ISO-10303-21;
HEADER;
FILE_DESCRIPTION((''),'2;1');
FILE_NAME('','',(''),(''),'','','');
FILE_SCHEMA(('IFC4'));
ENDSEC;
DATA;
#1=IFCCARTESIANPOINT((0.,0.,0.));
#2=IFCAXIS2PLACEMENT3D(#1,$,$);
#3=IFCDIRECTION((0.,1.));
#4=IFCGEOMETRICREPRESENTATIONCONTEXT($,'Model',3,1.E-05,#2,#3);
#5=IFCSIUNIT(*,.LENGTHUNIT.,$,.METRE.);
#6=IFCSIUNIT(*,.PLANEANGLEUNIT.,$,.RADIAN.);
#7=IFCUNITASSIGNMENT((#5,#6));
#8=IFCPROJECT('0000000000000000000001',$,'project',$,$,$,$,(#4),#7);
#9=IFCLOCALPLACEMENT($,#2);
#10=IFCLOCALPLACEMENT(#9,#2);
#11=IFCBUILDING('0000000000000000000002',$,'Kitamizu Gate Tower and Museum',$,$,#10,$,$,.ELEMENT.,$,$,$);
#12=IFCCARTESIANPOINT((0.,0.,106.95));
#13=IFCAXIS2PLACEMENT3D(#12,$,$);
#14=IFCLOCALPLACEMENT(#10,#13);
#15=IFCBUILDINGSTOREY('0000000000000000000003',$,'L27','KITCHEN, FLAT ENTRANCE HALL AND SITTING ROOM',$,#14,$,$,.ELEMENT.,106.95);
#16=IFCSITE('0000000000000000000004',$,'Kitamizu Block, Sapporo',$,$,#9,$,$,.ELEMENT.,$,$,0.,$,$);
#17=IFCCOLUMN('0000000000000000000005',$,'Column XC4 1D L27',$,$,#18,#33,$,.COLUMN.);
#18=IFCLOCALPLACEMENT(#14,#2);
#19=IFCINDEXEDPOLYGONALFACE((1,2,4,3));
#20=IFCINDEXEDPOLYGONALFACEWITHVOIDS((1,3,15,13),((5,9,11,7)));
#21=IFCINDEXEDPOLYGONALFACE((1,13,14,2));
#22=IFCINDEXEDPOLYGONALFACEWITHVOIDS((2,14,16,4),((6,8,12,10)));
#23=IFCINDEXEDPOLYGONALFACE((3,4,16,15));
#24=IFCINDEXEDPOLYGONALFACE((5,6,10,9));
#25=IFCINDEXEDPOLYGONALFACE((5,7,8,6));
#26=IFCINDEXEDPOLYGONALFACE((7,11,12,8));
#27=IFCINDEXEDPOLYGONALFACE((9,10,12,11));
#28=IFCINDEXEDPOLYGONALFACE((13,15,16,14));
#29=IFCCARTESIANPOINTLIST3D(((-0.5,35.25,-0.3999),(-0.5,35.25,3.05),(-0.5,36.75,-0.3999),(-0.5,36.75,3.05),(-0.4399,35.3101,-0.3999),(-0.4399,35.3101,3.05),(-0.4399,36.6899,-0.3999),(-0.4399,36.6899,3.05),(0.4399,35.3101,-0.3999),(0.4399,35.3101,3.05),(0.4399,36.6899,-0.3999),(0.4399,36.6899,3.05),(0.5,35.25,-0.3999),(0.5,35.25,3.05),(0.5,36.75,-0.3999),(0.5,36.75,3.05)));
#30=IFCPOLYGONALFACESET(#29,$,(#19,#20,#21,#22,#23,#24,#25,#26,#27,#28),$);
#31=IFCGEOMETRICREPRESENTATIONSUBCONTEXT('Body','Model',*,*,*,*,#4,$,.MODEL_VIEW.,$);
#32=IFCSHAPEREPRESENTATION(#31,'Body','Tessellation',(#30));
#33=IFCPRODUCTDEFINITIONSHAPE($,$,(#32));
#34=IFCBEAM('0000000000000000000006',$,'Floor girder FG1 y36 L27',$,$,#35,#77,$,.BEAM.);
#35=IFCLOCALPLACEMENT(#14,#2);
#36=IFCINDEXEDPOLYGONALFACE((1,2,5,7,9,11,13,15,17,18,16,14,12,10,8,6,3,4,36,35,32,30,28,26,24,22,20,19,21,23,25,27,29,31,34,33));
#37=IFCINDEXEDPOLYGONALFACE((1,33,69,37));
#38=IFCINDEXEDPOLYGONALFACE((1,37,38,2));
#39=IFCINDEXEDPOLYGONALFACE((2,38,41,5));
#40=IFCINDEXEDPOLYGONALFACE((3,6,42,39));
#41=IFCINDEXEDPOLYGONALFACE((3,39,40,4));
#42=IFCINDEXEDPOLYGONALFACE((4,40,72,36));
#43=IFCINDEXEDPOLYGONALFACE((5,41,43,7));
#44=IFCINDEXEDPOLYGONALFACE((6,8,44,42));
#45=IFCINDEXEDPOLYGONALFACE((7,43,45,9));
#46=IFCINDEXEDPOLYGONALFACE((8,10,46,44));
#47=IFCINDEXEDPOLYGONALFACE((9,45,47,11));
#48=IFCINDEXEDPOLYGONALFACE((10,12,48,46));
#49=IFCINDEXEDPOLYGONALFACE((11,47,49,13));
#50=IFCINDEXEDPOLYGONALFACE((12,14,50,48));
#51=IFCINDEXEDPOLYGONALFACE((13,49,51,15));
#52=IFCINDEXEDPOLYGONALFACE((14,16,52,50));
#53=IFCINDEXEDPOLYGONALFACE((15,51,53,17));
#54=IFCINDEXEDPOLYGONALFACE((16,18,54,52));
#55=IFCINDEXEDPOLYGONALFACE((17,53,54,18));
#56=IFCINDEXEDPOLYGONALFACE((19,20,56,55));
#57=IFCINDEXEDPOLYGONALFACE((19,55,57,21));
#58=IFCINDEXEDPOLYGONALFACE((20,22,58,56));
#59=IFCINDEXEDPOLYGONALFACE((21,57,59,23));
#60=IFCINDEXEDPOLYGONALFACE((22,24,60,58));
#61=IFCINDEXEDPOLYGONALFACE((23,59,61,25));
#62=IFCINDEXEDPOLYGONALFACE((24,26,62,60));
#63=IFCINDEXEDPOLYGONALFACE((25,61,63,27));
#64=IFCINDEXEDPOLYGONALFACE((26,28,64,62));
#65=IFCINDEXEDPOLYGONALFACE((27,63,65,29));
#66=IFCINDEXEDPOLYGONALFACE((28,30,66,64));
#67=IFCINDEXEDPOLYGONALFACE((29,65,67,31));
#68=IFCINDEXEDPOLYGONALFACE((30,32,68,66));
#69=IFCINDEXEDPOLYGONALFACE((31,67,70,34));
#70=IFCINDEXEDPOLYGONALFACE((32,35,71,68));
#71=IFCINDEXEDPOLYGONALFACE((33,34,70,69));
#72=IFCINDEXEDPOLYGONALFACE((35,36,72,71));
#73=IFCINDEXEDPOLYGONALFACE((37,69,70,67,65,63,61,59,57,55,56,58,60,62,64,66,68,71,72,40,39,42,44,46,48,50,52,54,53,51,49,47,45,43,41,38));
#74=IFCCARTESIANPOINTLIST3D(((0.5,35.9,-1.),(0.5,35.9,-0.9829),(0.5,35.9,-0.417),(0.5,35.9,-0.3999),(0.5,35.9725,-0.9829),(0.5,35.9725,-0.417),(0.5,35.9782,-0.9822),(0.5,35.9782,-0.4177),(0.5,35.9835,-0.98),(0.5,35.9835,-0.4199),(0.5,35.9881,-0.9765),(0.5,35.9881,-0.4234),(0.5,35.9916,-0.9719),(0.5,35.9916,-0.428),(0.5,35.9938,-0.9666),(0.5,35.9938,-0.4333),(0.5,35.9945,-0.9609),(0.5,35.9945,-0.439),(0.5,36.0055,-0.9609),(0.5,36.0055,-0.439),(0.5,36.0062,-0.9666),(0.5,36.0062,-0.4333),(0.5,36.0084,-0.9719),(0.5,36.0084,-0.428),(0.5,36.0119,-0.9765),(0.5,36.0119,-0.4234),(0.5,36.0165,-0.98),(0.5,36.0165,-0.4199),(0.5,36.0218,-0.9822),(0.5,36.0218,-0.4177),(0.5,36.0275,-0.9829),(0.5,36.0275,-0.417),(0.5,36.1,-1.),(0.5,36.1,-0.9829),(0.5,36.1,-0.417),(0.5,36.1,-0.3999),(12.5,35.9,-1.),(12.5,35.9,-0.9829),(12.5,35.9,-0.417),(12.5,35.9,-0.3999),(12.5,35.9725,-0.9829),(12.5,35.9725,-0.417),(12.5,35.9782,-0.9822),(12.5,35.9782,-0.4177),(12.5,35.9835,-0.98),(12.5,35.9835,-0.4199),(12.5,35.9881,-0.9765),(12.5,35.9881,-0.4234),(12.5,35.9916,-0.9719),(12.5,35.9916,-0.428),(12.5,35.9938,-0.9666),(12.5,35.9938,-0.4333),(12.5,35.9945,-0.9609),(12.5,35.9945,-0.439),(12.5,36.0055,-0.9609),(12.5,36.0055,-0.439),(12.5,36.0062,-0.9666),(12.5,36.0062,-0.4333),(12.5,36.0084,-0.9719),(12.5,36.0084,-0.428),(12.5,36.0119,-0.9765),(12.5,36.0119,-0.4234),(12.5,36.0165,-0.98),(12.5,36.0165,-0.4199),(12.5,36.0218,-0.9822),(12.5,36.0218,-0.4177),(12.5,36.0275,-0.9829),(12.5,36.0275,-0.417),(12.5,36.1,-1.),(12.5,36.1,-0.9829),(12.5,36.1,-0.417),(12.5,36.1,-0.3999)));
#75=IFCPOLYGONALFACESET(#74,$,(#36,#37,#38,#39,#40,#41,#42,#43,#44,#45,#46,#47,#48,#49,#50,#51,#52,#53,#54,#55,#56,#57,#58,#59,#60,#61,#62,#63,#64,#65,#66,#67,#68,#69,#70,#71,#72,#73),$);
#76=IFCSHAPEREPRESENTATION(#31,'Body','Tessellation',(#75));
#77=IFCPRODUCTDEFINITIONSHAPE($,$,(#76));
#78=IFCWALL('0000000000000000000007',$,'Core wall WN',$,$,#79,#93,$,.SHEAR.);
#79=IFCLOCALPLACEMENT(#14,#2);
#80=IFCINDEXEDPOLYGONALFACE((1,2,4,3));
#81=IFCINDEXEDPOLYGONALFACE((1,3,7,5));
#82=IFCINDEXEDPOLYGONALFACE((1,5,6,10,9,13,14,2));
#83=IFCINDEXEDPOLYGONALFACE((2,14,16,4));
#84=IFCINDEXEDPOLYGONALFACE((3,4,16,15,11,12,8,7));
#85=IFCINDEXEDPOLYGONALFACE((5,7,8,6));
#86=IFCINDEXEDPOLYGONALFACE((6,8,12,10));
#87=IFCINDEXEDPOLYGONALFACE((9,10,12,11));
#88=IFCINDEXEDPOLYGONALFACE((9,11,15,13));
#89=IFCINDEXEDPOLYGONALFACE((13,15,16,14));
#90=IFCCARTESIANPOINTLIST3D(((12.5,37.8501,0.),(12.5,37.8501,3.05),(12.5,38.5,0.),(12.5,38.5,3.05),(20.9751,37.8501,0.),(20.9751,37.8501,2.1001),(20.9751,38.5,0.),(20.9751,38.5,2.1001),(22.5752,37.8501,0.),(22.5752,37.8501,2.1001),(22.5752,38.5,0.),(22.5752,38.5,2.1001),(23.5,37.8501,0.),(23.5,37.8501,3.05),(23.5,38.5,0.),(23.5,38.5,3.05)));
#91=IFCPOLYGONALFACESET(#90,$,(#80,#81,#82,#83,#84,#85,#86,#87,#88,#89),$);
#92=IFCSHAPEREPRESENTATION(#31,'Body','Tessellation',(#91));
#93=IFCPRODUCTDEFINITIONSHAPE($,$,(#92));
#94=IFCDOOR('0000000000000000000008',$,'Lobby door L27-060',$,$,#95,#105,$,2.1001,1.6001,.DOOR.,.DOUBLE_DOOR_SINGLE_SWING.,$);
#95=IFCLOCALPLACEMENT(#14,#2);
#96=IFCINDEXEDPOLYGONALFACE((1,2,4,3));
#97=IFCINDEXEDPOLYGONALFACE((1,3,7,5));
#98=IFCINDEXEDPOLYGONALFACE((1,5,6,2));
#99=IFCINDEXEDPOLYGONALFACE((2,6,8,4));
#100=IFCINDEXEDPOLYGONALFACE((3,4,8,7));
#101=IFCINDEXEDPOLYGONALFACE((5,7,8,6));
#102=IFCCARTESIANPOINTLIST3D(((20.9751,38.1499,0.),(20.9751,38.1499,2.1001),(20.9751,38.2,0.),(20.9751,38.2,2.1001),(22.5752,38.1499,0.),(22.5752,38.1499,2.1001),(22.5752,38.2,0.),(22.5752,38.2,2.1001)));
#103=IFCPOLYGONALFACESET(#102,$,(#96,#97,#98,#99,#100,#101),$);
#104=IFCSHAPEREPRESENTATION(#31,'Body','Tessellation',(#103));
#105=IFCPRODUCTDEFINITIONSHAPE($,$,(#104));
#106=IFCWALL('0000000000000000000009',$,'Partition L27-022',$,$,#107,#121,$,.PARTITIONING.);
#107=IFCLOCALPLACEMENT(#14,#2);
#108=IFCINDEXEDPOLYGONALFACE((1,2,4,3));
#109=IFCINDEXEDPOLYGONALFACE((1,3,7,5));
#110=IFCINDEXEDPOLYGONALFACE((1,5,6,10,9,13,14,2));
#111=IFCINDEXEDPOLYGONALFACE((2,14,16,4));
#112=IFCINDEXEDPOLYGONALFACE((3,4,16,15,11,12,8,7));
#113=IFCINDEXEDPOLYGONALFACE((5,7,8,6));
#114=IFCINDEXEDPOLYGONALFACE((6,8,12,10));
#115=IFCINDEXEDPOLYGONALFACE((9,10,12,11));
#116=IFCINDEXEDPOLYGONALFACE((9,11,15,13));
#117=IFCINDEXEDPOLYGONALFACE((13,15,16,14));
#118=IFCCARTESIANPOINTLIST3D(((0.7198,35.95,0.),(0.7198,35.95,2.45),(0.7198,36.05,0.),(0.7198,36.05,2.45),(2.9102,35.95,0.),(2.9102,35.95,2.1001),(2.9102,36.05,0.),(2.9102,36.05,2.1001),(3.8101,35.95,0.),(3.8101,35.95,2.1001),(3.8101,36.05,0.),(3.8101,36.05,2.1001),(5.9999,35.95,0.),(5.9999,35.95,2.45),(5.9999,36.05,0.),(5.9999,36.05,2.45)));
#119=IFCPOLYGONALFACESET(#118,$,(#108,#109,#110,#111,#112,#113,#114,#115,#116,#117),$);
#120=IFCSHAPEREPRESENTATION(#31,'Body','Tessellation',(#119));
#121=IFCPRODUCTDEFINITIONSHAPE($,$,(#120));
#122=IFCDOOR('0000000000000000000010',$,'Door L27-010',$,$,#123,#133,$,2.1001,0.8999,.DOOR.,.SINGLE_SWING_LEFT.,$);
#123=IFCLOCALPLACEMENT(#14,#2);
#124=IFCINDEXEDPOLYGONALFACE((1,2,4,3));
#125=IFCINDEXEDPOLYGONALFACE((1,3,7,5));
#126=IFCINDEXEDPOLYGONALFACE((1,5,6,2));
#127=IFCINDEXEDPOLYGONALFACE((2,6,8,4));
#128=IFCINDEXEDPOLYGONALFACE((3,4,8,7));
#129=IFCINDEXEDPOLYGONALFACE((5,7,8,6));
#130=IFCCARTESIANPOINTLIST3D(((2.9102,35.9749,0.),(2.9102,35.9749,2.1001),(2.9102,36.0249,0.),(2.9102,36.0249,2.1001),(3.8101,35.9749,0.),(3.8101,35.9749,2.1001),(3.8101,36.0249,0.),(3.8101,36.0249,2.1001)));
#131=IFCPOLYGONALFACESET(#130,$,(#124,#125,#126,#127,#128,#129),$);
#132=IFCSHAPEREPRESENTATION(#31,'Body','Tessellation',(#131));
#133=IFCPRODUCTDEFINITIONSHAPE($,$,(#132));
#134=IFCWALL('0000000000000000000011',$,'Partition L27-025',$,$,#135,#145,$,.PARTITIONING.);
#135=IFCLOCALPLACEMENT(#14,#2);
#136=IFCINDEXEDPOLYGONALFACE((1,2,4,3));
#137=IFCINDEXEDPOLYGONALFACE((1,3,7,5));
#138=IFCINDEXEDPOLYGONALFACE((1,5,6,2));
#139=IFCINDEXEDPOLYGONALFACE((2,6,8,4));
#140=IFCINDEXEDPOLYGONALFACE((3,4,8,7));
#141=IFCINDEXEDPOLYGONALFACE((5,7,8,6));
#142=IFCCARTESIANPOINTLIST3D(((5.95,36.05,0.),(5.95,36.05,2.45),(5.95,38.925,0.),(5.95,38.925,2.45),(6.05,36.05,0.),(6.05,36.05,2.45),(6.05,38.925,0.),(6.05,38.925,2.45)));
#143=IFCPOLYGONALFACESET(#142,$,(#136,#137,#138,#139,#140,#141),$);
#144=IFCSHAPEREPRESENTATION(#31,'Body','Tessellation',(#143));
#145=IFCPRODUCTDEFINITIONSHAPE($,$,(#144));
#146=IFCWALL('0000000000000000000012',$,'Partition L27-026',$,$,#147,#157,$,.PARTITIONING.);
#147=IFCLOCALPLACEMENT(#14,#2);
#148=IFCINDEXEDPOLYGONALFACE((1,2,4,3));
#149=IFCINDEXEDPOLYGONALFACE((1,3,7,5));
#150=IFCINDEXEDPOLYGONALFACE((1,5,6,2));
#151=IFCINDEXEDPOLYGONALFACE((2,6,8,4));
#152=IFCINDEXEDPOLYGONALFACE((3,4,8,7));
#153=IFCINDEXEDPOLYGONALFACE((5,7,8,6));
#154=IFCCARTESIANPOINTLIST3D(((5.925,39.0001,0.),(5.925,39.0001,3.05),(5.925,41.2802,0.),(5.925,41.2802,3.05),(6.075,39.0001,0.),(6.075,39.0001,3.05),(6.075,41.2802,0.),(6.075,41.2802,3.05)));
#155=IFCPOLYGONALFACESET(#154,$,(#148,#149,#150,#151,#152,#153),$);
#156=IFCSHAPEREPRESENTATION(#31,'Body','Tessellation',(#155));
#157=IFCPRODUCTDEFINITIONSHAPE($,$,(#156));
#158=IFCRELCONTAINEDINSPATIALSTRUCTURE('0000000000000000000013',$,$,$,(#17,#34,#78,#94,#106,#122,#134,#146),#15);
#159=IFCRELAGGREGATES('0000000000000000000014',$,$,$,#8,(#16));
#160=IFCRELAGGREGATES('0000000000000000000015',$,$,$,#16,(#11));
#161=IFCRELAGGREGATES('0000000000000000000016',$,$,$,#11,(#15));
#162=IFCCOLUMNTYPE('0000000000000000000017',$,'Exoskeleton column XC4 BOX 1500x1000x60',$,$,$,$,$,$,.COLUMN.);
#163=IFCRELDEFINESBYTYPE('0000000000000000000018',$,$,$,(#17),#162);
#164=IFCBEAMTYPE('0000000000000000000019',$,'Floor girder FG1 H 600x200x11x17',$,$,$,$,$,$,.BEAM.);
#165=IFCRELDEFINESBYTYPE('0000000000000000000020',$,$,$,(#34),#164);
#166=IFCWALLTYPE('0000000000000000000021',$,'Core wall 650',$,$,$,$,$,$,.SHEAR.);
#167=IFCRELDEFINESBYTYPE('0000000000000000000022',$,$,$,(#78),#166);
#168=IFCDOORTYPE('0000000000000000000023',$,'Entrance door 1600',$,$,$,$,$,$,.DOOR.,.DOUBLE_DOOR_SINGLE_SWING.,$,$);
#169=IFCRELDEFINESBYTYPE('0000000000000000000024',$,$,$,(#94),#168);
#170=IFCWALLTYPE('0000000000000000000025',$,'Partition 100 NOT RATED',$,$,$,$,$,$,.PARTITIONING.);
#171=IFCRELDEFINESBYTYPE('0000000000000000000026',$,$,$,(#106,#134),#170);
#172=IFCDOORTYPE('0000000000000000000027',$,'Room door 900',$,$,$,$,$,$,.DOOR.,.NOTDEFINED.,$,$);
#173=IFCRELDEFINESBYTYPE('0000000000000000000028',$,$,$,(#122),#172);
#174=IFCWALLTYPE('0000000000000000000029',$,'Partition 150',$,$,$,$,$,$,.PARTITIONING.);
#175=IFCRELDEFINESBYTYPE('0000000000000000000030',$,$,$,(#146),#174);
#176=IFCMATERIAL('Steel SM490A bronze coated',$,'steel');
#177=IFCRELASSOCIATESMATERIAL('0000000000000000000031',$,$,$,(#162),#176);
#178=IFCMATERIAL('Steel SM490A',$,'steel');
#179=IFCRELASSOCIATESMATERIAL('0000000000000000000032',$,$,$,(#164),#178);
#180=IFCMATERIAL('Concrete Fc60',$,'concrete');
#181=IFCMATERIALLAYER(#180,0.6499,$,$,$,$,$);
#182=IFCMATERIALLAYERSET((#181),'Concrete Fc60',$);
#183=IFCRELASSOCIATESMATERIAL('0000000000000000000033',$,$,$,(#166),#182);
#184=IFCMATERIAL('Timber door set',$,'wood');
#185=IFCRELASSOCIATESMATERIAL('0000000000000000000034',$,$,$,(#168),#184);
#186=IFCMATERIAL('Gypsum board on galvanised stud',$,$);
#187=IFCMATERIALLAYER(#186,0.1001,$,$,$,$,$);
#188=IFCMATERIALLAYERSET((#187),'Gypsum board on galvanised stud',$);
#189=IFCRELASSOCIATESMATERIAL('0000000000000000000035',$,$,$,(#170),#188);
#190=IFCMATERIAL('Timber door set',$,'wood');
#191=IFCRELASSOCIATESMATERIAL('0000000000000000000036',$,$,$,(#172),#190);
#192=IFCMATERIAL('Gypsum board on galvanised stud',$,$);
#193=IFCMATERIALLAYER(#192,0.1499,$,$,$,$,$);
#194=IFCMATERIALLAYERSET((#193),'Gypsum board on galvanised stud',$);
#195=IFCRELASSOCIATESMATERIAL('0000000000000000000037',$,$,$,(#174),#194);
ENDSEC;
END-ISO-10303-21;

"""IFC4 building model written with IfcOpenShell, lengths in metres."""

from ifc_helpers import new_model, si_unit, direction, frame, frame_2d, origin, origin_2d, place, context, subcontext, project, spatial, rectangle, hollow_rectangle, i_section, extrude, material, layer, layer_set, material_profile, profile_set, type_object, element, fill, save


model = new_model("IFC4")

# Units and contexts
model_context = context("Model", 3, precision=1e-05, world=origin(), true_north=direction((0.0, 1.0)))
body_context = subcontext(model_context, "Body", "Model", "MODEL_VIEW")
ifc_project = project(units=[si_unit("LENGTHUNIT", "METRE"), si_unit("PLANEANGLEUNIT", "RADIAN")], contexts=[model_context])

# Site, building, storey
site_placement = place(None, origin())
site = spatial("IfcSite", under=ifc_project, at=site_placement, Name="Kitamizu Block, Sapporo", CompositionType="ELEMENT", RefElevation=0.0)
building_placement = place(site_placement, origin())
building = spatial("IfcBuilding", under=site, at=building_placement, Name="Kitamizu Gate Tower and Museum", CompositionType="ELEMENT")
storey_placement = place(building_placement, frame((0.0, 0.0, 106.95)))
storey = spatial("IfcBuildingStorey", under=building, at=storey_placement, Name="L27", Description="KITCHEN, FLAT ENTRANCE HALL AND SITTING ROOM", CompositionType="ELEMENT", Elevation=106.95)

# Column
ifc_material_1 = material(Name="Steel SM490A bronze coated", Category="steel")
ifc_material_profile_1 = material_profile(ifc_material_1, hollow_rectangle(XDim=1.5, YDim=1.0, WallThickness=0.0601, at=origin_2d()), Name="BOX 1500x1000x60")
ifc_profile_set_1 = profile_set([ifc_material_profile_1], Name="Steel SM490A bronze coated")
column_type = type_object("IfcColumnType", Name="Exoskeleton column XC4 BOX 1500x1000x60", PredefinedType="COLUMN", material=ifc_profile_set_1)
column_placement = place(storey_placement, frame((0.0, 36.0, -0.3999), z_axis=(0.0, 0.0, 1.0), x_axis=(0.0, 1.0, 0.0)))
element("IfcColumn", 1, at=column_placement, inside=storey, type_object=column_type, Name="Column XC4 1D L27", PredefinedType="COLUMN", context=body_context, shape_type="SweptSolid", body=[
    extrude(hollow_rectangle(XDim=1.5, YDim=1.0, WallThickness=0.0601, at=origin_2d()), origin(), (0.0, 0.0, 1.0), 3.45),
])

# Beam
ifc_material_2 = material(Name="Steel SM490A", Category="steel")
ifc_material_profile_2 = material_profile(ifc_material_2, i_section(OverallWidth=0.2, OverallDepth=0.6001, WebThickness=0.011, FlangeThickness=0.0171, FilletRadius=0.022, at=origin_2d()), Name="H-600x200x11x17")
ifc_profile_set_2 = profile_set([ifc_material_profile_2], Name="Steel SM490A")
beam_type = type_object("IfcBeamType", Name="Floor girder FG1 H 600x200x11x17", PredefinedType="BEAM", material=ifc_profile_set_2)
beam_placement = place(storey_placement, frame((0.5, 36.0, -0.7), z_axis=(1.0, 0.0, 0.0), x_axis=(0.0, 1.0, 0.0)))
element("IfcBeam", 2, at=beam_placement, inside=storey, type_object=beam_type, Name="Floor girder FG1 y36 L27", PredefinedType="BEAM", context=body_context, shape_type="SweptSolid", body=[
    extrude(i_section(OverallWidth=0.2, OverallDepth=0.6001, WebThickness=0.011, FlangeThickness=0.0171, FilletRadius=0.022, at=origin_2d()), origin(), (0.0, 0.0, 1.0), 12.0),
])

# Walls, openings, doors
ifc_material_3 = material(Name="Concrete Fc60", Category="concrete")
ifc_layer_1 = layer(ifc_material_3, 0.6499)
ifc_layer_set_1 = layer_set([ifc_layer_1], Name="Concrete Fc60")
wall_type_1 = type_object("IfcWallType", Name="Core wall 650", PredefinedType="SHEAR", material=ifc_layer_set_1)
wall_1_placement = place(storey_placement, frame((12.5, 38.175, 0.0), z_axis=(0.0, 0.0, 1.0), x_axis=(1.0, 0.0, 0.0)))
wall_1 = element("IfcWall", 3, at=wall_1_placement, inside=storey, type_object=wall_type_1, Name="Core wall WN", PredefinedType="SHEAR", context=body_context, shape_type="SweptSolid", body=[
    extrude(rectangle(XDim=11.0, YDim=0.6499, at=frame_2d((5.5, 0.0))), origin(), (0.0, 0.0, 1.0), 3.05),
])
opening_1_placement = place(wall_1_placement, frame((8.4751, 0.0, 0.0)))
opening_1 = element("IfcOpeningElement", 4, at=opening_1_placement, cuts=wall_1, PredefinedType="OPENING", context=body_context, shape_type="SweptSolid", body=[
    extrude(rectangle(XDim=1.6001, YDim=2.1001, at=frame_2d((0.8, 1.05))), frame((0.0, 0.335, 0.0), z_axis=(0.0, -1.0, 0.0), x_axis=(1.0, 0.0, 0.0)), (0.0, 0.0, 1.0), 0.6699),
])
ifc_material_4 = material(Name="Timber door set", Category="wood")
door_type_1 = type_object("IfcDoorType", Name="Entrance door 1600", OperationType="DOUBLE_DOOR_SINGLE_SWING", PredefinedType="DOOR", material=ifc_material_4)
door_1_placement = place(opening_1_placement, origin())
door_1 = element("IfcDoor", 5, at=door_1_placement, inside=storey, type_object=door_type_1, Name="Lobby door L27-060", OperationType="DOUBLE_DOOR_SINGLE_SWING", OverallHeight=2.1001, OverallWidth=1.6001, PredefinedType="DOOR", context=body_context, shape_type="SweptSolid", body=[
    extrude(rectangle(XDim=1.6001, YDim=2.1001, at=frame_2d((0.8, 1.05))), frame((0.0, 0.0249, 0.0), z_axis=(0.0, -1.0, 0.0), x_axis=(1.0, 0.0, 0.0)), (0.0, 0.0, 1.0), 0.05),
])
fill(opening_1, door_1)
ifc_material_5 = material(Name="Gypsum board on galvanised stud")
ifc_layer_2 = layer(ifc_material_5, 0.1001)
ifc_layer_set_2 = layer_set([ifc_layer_2], Name="Gypsum board on galvanised stud")
wall_type_2 = type_object("IfcWallType", Name="Partition 100 NOT RATED", PredefinedType="PARTITIONING", material=ifc_layer_set_2)
wall_2_placement = place(storey_placement, frame((6.0, 36.0, 0.0), z_axis=(0.0, 0.0, 1.0), x_axis=(-1.0, 0.0, 0.0)))
wall_2 = element("IfcWall", 6, at=wall_2_placement, inside=storey, type_object=wall_type_2, Name="Partition L27-022", PredefinedType="PARTITIONING", context=body_context, shape_type="SweptSolid", body=[
    extrude(rectangle(XDim=5.28, YDim=0.1001, at=frame_2d((2.6401, 0.0))), origin(), (0.0, 0.0, 1.0), 2.45),
])
opening_2_placement = place(wall_2_placement, frame((2.1899, 0.0, 0.0)))
opening_2 = element("IfcOpeningElement", 7, at=opening_2_placement, cuts=wall_2, PredefinedType="OPENING", context=body_context, shape_type="SweptSolid", body=[
    extrude(rectangle(XDim=0.8999, YDim=2.1001, at=frame_2d((0.45, 1.05))), frame((0.0, 0.0601, 0.0), z_axis=(0.0, -1.0, 0.0), x_axis=(1.0, 0.0, 0.0)), (0.0, 0.0, 1.0), 0.1201),
])
ifc_material_6 = material(Name="Timber door set", Category="wood")
door_type_2 = type_object("IfcDoorType", Name="Room door 900", OperationType="NOTDEFINED", PredefinedType="DOOR", material=ifc_material_6)
door_2_placement = place(opening_2_placement, frame((0.8999, 0.0, 0.0), x_axis=(-1.0, 0.0, 0.0)))
door_2 = element("IfcDoor", 8, at=door_2_placement, inside=storey, type_object=door_type_2, Name="Door L27-010", OperationType="SINGLE_SWING_LEFT", OverallHeight=2.1001, OverallWidth=0.8999, PredefinedType="DOOR", context=body_context, shape_type="SweptSolid", body=[
    extrude(rectangle(XDim=0.8999, YDim=2.1001, at=frame_2d((0.45, 1.05))), frame((0.0, 0.0249, 0.0), z_axis=(0.0, -1.0, 0.0), x_axis=(1.0, 0.0, 0.0)), (0.0, 0.0, 1.0), 0.05),
])
fill(opening_2, door_2)

# Walls
wall_3_placement = place(storey_placement, frame((6.0, 36.05, 0.0), z_axis=(0.0, 0.0, 1.0), x_axis=(0.0, 1.0, 0.0)))
element("IfcWall", 9, at=wall_3_placement, inside=storey, type_object=wall_type_2, Name="Partition L27-025", PredefinedType="PARTITIONING", context=body_context, shape_type="SweptSolid", body=[
    extrude(rectangle(XDim=2.875, YDim=0.1001, at=frame_2d((1.4375, 0.0))), origin(), (0.0, 0.0, 1.0), 2.45),
])
ifc_material_7 = material(Name="Gypsum board on galvanised stud")
ifc_layer_3 = layer(ifc_material_7, 0.1499)
ifc_layer_set_3 = layer_set([ifc_layer_3], Name="Gypsum board on galvanised stud")
wall_type_3 = type_object("IfcWallType", Name="Partition 150", PredefinedType="PARTITIONING", material=ifc_layer_set_3)
wall_4_placement = place(storey_placement, frame((6.0, 39.0, 0.0), z_axis=(0.0, 0.0, 1.0), x_axis=(0.0, 1.0, 0.0)))
element("IfcWall", 10, at=wall_4_placement, inside=storey, type_object=wall_type_3, Name="Partition L27-026", PredefinedType="PARTITIONING", context=body_context, shape_type="SweptSolid", body=[
    extrude(rectangle(XDim=2.28, YDim=0.1499, at=frame_2d((1.1401, 0.0))), origin(), (0.0, 0.0, 1.0), 3.05),
])

save(model, "model.ifc")
